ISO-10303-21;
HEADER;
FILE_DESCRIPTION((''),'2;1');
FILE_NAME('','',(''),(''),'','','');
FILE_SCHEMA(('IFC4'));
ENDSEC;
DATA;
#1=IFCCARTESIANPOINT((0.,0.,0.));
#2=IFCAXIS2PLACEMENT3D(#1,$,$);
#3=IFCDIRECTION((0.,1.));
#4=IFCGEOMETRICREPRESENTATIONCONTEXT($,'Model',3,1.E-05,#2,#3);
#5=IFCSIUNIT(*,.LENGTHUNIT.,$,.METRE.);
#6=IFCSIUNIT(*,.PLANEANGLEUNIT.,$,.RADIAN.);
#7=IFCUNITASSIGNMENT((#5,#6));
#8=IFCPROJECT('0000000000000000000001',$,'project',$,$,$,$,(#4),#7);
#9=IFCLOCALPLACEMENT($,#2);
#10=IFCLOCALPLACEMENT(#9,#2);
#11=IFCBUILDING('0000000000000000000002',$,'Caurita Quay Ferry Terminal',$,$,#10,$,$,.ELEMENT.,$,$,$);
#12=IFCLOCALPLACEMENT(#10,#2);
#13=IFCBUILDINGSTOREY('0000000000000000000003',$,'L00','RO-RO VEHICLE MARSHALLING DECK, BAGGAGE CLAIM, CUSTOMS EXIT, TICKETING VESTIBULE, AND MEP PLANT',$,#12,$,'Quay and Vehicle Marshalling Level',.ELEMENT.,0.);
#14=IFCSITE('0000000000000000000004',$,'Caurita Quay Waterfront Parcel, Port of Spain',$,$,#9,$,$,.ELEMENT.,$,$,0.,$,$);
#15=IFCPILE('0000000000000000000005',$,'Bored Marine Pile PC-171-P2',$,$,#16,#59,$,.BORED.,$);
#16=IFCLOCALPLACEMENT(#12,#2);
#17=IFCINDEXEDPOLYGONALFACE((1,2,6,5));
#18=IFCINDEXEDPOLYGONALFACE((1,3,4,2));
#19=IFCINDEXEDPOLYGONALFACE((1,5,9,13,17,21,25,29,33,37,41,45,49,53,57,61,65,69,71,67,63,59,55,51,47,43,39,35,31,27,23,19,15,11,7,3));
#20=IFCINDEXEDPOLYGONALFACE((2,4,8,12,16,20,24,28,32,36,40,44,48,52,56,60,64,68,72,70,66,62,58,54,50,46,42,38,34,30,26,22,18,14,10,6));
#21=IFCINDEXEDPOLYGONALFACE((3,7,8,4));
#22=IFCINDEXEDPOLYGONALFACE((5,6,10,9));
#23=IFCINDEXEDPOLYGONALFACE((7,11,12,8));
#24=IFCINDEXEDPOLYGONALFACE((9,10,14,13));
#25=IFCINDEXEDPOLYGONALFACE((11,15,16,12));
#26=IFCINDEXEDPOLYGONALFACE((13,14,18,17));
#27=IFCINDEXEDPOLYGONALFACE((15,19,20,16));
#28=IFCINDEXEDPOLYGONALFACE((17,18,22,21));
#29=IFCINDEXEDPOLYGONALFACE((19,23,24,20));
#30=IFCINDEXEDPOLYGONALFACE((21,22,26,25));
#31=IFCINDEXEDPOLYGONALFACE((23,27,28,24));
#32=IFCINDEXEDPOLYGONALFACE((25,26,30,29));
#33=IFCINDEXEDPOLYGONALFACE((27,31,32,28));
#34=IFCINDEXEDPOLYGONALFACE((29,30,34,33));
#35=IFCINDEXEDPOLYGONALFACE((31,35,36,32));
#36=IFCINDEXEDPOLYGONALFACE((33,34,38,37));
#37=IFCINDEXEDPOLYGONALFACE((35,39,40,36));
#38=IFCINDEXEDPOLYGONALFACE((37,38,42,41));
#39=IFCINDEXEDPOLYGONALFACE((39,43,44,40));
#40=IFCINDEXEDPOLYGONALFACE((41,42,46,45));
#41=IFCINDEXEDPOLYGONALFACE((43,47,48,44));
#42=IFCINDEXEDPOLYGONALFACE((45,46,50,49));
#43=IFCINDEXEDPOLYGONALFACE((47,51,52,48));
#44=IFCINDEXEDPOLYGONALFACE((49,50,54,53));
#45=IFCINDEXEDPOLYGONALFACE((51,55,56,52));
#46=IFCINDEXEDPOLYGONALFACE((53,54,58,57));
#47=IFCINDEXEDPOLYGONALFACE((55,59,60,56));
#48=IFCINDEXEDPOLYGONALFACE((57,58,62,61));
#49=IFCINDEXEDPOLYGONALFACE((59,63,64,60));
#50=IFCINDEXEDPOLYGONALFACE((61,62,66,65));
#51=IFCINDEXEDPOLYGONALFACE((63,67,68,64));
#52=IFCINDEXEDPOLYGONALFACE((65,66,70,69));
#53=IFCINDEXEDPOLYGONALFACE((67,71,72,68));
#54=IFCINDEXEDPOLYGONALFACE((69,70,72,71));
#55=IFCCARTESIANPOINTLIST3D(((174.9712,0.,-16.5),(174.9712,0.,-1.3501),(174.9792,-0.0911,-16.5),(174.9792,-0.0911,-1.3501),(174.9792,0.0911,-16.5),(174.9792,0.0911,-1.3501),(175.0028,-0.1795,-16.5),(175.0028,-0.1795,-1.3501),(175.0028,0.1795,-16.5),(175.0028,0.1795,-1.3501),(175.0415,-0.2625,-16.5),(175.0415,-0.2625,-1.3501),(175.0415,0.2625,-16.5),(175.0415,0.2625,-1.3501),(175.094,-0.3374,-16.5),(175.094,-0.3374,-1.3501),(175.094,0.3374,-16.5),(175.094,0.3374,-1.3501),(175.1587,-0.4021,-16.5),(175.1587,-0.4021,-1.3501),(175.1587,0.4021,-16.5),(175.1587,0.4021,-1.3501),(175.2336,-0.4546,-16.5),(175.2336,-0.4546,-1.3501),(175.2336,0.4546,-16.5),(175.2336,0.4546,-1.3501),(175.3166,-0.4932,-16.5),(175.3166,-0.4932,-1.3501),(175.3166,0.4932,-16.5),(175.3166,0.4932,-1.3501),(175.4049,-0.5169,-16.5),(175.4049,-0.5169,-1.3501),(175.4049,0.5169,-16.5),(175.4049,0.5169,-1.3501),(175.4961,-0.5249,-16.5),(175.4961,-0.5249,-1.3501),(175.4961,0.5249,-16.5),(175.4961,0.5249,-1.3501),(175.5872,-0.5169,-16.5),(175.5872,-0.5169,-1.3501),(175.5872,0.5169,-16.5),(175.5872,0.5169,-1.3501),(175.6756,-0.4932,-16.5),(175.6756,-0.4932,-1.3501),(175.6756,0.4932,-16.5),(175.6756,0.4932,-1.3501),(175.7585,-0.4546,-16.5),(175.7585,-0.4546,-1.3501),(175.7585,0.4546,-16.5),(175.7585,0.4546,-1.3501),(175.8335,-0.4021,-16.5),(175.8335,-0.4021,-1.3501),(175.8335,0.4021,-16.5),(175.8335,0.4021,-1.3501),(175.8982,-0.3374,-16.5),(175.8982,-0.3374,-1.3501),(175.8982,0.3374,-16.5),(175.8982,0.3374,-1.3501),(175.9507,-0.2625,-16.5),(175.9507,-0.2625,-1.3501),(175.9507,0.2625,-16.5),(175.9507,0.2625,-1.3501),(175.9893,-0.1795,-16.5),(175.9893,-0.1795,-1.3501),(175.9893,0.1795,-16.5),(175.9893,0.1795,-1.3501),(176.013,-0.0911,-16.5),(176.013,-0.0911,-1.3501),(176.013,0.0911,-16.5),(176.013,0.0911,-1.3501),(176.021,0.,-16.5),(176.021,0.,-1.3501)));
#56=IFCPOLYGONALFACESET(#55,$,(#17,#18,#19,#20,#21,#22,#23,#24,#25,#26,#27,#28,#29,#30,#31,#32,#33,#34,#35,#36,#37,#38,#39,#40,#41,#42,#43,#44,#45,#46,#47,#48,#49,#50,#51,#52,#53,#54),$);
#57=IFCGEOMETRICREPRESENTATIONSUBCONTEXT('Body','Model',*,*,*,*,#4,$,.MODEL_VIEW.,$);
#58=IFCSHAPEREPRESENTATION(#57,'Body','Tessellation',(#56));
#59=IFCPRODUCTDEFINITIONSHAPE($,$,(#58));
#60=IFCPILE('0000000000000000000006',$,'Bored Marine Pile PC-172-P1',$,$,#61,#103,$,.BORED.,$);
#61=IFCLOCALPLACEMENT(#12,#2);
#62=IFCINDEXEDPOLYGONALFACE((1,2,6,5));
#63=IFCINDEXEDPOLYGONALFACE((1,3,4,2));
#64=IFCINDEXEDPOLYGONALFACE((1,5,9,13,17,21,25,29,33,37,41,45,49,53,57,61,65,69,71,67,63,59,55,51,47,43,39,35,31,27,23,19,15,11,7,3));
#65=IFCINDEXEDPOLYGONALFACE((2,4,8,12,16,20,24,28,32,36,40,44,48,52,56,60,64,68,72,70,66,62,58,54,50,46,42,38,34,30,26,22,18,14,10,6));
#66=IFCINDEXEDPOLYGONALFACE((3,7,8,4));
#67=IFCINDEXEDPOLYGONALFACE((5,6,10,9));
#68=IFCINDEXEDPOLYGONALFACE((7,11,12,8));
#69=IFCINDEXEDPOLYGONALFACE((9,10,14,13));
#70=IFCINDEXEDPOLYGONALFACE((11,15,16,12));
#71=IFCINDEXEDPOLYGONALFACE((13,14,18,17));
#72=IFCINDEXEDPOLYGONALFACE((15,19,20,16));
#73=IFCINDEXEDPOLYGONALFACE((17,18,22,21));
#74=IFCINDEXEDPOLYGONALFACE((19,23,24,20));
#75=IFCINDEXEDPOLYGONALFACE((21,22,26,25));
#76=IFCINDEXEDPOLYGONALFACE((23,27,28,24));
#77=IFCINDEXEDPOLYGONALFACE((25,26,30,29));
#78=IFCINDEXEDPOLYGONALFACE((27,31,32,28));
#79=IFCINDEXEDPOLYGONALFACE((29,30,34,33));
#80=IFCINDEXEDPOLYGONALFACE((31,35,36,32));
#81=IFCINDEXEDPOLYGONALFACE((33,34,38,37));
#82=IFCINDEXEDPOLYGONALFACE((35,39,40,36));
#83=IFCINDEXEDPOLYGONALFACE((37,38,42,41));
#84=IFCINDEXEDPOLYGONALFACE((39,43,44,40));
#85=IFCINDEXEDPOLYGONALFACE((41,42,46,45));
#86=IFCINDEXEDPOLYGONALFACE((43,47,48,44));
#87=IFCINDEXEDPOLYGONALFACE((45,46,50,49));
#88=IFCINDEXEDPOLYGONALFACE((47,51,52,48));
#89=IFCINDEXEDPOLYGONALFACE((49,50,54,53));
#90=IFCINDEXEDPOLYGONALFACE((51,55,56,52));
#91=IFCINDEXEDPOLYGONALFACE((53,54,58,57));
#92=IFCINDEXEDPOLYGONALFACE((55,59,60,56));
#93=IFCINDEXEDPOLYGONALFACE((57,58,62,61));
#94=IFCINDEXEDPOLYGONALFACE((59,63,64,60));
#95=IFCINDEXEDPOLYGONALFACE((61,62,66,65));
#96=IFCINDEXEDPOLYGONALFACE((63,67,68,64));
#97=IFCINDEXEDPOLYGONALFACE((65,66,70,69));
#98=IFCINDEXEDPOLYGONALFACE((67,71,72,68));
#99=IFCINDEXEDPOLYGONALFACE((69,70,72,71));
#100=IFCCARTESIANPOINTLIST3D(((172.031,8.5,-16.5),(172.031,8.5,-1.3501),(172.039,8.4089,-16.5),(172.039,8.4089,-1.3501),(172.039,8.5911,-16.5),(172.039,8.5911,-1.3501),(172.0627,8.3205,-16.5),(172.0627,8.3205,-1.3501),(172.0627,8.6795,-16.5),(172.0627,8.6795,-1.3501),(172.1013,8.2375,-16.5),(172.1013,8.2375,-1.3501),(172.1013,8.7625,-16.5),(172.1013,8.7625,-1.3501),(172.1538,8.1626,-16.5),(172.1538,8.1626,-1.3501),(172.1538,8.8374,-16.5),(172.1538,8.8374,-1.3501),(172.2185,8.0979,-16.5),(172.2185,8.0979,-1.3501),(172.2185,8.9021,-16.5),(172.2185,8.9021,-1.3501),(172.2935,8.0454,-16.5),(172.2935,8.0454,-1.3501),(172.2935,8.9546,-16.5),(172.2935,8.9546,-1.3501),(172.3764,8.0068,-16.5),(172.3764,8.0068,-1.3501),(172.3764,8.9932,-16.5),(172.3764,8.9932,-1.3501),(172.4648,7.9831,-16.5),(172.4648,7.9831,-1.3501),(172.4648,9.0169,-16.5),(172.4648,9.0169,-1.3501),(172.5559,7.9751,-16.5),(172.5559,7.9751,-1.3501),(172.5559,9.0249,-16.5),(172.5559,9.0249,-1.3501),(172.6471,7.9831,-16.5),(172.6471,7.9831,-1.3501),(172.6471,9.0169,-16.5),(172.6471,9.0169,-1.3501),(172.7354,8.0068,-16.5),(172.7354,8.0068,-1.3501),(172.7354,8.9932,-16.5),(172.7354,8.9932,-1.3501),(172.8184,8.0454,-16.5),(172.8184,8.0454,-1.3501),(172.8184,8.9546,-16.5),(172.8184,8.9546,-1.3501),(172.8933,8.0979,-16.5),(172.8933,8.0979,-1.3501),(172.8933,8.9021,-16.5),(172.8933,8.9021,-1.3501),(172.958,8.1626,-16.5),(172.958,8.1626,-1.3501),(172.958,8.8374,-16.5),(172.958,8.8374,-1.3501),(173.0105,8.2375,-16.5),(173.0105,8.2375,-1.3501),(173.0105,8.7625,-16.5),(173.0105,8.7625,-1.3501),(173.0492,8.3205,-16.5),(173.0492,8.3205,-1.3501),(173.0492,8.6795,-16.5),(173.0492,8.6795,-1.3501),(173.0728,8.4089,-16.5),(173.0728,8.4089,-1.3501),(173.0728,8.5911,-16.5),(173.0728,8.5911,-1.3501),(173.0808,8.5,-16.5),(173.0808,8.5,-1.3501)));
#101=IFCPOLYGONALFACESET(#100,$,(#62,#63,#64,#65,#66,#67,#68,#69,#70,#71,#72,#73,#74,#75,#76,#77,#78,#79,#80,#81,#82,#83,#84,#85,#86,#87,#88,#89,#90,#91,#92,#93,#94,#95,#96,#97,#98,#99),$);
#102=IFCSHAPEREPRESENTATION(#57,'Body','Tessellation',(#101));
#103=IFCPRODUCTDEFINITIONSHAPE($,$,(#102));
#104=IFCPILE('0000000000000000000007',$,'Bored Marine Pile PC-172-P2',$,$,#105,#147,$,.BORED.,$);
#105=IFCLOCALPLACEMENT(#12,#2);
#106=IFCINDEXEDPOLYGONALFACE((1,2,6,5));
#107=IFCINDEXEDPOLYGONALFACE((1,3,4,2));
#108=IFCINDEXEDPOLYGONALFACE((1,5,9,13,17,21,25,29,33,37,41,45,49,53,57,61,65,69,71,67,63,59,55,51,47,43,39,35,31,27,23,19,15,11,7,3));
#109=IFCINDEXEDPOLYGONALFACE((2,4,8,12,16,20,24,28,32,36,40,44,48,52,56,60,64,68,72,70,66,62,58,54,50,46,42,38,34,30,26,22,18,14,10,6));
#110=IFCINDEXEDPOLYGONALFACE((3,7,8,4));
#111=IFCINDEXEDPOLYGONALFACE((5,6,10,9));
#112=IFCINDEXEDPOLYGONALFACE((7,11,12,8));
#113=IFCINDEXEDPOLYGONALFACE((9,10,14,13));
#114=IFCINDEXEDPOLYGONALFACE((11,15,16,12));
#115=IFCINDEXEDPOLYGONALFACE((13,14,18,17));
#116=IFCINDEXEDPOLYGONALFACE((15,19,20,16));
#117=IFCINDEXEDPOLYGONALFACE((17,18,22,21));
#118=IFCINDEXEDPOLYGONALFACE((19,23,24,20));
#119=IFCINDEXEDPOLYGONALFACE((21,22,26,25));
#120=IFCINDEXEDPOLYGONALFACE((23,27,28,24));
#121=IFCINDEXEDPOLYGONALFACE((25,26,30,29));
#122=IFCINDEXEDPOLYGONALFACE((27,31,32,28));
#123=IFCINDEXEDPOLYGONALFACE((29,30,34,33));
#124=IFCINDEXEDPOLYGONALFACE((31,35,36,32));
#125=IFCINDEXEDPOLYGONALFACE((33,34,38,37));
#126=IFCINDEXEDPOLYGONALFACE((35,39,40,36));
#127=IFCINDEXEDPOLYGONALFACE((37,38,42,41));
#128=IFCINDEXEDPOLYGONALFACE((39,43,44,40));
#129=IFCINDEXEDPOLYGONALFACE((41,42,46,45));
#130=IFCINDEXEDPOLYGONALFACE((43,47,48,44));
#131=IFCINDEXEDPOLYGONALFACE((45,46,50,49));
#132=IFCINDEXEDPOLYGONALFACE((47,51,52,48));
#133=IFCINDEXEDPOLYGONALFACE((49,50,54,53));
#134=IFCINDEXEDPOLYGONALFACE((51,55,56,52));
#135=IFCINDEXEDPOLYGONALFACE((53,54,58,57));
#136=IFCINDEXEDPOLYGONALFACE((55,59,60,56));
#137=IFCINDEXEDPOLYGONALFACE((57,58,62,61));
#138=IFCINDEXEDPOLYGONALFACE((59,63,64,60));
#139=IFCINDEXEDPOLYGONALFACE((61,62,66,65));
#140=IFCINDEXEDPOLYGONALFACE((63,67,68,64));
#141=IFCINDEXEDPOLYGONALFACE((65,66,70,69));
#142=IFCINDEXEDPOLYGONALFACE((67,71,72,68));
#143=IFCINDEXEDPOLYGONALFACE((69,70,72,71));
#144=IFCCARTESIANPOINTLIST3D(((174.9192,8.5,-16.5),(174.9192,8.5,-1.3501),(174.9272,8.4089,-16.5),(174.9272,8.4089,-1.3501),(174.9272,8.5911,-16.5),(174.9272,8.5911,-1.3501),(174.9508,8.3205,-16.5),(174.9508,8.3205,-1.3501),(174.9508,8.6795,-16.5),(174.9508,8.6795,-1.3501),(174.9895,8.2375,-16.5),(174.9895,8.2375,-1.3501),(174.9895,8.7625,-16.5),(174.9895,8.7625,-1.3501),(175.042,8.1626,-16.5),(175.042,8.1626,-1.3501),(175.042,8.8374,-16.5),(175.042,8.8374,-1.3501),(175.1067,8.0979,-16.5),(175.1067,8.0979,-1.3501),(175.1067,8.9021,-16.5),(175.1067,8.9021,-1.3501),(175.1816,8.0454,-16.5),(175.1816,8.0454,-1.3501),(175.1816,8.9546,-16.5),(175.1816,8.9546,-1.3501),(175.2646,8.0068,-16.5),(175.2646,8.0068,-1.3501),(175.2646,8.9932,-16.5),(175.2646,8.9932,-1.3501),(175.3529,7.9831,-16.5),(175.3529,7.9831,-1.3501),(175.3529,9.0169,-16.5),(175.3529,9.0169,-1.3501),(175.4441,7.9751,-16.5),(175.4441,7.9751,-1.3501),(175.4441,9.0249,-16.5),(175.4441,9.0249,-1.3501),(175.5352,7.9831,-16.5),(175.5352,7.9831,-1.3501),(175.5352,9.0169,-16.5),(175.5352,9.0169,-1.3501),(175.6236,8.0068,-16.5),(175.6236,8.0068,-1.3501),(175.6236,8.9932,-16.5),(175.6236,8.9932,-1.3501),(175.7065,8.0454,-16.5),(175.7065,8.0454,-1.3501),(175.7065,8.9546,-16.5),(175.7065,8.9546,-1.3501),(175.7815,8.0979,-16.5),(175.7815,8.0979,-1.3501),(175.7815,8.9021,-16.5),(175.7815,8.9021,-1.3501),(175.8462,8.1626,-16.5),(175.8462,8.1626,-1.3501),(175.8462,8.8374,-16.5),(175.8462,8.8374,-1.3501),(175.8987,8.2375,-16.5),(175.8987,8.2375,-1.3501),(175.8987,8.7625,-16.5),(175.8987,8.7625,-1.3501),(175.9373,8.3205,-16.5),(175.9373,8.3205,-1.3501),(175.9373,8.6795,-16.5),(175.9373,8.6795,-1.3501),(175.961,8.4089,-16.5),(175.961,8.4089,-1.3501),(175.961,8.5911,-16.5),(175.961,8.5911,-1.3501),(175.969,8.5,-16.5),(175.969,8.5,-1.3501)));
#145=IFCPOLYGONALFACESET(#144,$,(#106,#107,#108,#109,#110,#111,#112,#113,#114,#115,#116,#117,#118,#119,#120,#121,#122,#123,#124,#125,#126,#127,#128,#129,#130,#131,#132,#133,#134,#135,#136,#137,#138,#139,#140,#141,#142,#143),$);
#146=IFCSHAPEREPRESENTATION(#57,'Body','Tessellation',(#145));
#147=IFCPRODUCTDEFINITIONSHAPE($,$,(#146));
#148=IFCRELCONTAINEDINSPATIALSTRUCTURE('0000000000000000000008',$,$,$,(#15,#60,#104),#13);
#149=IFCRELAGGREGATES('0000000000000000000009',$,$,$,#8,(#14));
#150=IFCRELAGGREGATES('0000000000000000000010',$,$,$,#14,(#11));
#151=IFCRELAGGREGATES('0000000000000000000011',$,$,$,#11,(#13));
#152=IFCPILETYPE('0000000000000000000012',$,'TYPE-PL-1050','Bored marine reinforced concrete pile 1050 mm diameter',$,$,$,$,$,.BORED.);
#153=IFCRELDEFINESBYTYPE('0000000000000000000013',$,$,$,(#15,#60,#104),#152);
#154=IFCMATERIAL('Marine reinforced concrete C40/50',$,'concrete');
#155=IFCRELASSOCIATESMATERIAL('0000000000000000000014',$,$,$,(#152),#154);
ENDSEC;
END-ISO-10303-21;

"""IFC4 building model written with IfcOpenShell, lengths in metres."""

from ifc_helpers import new_model, si_unit, direction, frame, origin, origin_2d, place, context, subcontext, project, spatial, circle, extrude, material, material_profile, profile_set, type_object, element, save


model = new_model("IFC4")

# Units and contexts
model_context = context("Model", 3, precision=1e-05, world=origin(), true_north=direction((0.0, 1.0)))
body_context = subcontext(model_context, "Body", "Model", "MODEL_VIEW")
ifc_project = project(units=[si_unit("LENGTHUNIT", "METRE"), si_unit("PLANEANGLEUNIT", "RADIAN")], contexts=[model_context])

# Site, building, storey
site_placement = place(None, origin())
site = spatial("IfcSite", under=ifc_project, at=site_placement, Name="Caurita Quay Waterfront Parcel, Port of Spain", CompositionType="ELEMENT", RefElevation=0.0)
building_placement = place(site_placement, origin())
building = spatial("IfcBuilding", under=site, at=building_placement, Name="Caurita Quay Ferry Terminal", CompositionType="ELEMENT")
storey_placement = place(building_placement, origin())
storey = spatial("IfcBuildingStorey", under=building, at=storey_placement, Name="L00", Description="RO-RO VEHICLE MARSHALLING DECK, BAGGAGE CLAIM, CUSTOMS EXIT, TICKETING VESTIBULE, AND MEP PLANT", LongName="Quay and Vehicle Marshalling Level", CompositionType="ELEMENT", Elevation=0.0)

# Piles
ifc_material_1 = material(Name="Marine reinforced concrete C40/50", Category="concrete")
ifc_material_profile_1 = material_profile(ifc_material_1, circle(Radius=0.5249, at=origin_2d()), Name="PILE-D1050")
ifc_profile_set_1 = profile_set([ifc_material_profile_1], Name="Marine reinforced concrete C40/50")
pile_type = type_object("IfcPileType", Name="TYPE-PL-1050", Description="Bored marine reinforced concrete pile 1050 mm diameter", PredefinedType="BORED", material=ifc_profile_set_1)
for number, where, z_axis, x_axis, name in (
    (1, (175.4961, 0.0, -1.3501), (0.0, 0.0, -1.0), (1.0, 0.0, 0.0), "Bored Marine Pile PC-171-P2"),
    (2, (172.5559, 8.5, -1.3501), (0.0, 0.0, -1.0), (1.0, 0.0, 0.0), "Bored Marine Pile PC-172-P1"),
    (3, (175.4441, 8.5, -1.3501), (0.0, 0.0, -1.0), (1.0, 0.0, 0.0), "Bored Marine Pile PC-172-P2"),
):
    element("IfcPile", number, at=place(storey_placement, frame(where, z_axis=z_axis, x_axis=x_axis)), inside=storey, type_object=pile_type, Name=name, PredefinedType="BORED", context=body_context, shape_type="SweptSolid", body=[
        extrude(circle(Radius=0.5249, at=origin_2d()), origin(), (0.0, 0.0, 1.0), 15.1499),
    ])

save(model, "model.ifc")
